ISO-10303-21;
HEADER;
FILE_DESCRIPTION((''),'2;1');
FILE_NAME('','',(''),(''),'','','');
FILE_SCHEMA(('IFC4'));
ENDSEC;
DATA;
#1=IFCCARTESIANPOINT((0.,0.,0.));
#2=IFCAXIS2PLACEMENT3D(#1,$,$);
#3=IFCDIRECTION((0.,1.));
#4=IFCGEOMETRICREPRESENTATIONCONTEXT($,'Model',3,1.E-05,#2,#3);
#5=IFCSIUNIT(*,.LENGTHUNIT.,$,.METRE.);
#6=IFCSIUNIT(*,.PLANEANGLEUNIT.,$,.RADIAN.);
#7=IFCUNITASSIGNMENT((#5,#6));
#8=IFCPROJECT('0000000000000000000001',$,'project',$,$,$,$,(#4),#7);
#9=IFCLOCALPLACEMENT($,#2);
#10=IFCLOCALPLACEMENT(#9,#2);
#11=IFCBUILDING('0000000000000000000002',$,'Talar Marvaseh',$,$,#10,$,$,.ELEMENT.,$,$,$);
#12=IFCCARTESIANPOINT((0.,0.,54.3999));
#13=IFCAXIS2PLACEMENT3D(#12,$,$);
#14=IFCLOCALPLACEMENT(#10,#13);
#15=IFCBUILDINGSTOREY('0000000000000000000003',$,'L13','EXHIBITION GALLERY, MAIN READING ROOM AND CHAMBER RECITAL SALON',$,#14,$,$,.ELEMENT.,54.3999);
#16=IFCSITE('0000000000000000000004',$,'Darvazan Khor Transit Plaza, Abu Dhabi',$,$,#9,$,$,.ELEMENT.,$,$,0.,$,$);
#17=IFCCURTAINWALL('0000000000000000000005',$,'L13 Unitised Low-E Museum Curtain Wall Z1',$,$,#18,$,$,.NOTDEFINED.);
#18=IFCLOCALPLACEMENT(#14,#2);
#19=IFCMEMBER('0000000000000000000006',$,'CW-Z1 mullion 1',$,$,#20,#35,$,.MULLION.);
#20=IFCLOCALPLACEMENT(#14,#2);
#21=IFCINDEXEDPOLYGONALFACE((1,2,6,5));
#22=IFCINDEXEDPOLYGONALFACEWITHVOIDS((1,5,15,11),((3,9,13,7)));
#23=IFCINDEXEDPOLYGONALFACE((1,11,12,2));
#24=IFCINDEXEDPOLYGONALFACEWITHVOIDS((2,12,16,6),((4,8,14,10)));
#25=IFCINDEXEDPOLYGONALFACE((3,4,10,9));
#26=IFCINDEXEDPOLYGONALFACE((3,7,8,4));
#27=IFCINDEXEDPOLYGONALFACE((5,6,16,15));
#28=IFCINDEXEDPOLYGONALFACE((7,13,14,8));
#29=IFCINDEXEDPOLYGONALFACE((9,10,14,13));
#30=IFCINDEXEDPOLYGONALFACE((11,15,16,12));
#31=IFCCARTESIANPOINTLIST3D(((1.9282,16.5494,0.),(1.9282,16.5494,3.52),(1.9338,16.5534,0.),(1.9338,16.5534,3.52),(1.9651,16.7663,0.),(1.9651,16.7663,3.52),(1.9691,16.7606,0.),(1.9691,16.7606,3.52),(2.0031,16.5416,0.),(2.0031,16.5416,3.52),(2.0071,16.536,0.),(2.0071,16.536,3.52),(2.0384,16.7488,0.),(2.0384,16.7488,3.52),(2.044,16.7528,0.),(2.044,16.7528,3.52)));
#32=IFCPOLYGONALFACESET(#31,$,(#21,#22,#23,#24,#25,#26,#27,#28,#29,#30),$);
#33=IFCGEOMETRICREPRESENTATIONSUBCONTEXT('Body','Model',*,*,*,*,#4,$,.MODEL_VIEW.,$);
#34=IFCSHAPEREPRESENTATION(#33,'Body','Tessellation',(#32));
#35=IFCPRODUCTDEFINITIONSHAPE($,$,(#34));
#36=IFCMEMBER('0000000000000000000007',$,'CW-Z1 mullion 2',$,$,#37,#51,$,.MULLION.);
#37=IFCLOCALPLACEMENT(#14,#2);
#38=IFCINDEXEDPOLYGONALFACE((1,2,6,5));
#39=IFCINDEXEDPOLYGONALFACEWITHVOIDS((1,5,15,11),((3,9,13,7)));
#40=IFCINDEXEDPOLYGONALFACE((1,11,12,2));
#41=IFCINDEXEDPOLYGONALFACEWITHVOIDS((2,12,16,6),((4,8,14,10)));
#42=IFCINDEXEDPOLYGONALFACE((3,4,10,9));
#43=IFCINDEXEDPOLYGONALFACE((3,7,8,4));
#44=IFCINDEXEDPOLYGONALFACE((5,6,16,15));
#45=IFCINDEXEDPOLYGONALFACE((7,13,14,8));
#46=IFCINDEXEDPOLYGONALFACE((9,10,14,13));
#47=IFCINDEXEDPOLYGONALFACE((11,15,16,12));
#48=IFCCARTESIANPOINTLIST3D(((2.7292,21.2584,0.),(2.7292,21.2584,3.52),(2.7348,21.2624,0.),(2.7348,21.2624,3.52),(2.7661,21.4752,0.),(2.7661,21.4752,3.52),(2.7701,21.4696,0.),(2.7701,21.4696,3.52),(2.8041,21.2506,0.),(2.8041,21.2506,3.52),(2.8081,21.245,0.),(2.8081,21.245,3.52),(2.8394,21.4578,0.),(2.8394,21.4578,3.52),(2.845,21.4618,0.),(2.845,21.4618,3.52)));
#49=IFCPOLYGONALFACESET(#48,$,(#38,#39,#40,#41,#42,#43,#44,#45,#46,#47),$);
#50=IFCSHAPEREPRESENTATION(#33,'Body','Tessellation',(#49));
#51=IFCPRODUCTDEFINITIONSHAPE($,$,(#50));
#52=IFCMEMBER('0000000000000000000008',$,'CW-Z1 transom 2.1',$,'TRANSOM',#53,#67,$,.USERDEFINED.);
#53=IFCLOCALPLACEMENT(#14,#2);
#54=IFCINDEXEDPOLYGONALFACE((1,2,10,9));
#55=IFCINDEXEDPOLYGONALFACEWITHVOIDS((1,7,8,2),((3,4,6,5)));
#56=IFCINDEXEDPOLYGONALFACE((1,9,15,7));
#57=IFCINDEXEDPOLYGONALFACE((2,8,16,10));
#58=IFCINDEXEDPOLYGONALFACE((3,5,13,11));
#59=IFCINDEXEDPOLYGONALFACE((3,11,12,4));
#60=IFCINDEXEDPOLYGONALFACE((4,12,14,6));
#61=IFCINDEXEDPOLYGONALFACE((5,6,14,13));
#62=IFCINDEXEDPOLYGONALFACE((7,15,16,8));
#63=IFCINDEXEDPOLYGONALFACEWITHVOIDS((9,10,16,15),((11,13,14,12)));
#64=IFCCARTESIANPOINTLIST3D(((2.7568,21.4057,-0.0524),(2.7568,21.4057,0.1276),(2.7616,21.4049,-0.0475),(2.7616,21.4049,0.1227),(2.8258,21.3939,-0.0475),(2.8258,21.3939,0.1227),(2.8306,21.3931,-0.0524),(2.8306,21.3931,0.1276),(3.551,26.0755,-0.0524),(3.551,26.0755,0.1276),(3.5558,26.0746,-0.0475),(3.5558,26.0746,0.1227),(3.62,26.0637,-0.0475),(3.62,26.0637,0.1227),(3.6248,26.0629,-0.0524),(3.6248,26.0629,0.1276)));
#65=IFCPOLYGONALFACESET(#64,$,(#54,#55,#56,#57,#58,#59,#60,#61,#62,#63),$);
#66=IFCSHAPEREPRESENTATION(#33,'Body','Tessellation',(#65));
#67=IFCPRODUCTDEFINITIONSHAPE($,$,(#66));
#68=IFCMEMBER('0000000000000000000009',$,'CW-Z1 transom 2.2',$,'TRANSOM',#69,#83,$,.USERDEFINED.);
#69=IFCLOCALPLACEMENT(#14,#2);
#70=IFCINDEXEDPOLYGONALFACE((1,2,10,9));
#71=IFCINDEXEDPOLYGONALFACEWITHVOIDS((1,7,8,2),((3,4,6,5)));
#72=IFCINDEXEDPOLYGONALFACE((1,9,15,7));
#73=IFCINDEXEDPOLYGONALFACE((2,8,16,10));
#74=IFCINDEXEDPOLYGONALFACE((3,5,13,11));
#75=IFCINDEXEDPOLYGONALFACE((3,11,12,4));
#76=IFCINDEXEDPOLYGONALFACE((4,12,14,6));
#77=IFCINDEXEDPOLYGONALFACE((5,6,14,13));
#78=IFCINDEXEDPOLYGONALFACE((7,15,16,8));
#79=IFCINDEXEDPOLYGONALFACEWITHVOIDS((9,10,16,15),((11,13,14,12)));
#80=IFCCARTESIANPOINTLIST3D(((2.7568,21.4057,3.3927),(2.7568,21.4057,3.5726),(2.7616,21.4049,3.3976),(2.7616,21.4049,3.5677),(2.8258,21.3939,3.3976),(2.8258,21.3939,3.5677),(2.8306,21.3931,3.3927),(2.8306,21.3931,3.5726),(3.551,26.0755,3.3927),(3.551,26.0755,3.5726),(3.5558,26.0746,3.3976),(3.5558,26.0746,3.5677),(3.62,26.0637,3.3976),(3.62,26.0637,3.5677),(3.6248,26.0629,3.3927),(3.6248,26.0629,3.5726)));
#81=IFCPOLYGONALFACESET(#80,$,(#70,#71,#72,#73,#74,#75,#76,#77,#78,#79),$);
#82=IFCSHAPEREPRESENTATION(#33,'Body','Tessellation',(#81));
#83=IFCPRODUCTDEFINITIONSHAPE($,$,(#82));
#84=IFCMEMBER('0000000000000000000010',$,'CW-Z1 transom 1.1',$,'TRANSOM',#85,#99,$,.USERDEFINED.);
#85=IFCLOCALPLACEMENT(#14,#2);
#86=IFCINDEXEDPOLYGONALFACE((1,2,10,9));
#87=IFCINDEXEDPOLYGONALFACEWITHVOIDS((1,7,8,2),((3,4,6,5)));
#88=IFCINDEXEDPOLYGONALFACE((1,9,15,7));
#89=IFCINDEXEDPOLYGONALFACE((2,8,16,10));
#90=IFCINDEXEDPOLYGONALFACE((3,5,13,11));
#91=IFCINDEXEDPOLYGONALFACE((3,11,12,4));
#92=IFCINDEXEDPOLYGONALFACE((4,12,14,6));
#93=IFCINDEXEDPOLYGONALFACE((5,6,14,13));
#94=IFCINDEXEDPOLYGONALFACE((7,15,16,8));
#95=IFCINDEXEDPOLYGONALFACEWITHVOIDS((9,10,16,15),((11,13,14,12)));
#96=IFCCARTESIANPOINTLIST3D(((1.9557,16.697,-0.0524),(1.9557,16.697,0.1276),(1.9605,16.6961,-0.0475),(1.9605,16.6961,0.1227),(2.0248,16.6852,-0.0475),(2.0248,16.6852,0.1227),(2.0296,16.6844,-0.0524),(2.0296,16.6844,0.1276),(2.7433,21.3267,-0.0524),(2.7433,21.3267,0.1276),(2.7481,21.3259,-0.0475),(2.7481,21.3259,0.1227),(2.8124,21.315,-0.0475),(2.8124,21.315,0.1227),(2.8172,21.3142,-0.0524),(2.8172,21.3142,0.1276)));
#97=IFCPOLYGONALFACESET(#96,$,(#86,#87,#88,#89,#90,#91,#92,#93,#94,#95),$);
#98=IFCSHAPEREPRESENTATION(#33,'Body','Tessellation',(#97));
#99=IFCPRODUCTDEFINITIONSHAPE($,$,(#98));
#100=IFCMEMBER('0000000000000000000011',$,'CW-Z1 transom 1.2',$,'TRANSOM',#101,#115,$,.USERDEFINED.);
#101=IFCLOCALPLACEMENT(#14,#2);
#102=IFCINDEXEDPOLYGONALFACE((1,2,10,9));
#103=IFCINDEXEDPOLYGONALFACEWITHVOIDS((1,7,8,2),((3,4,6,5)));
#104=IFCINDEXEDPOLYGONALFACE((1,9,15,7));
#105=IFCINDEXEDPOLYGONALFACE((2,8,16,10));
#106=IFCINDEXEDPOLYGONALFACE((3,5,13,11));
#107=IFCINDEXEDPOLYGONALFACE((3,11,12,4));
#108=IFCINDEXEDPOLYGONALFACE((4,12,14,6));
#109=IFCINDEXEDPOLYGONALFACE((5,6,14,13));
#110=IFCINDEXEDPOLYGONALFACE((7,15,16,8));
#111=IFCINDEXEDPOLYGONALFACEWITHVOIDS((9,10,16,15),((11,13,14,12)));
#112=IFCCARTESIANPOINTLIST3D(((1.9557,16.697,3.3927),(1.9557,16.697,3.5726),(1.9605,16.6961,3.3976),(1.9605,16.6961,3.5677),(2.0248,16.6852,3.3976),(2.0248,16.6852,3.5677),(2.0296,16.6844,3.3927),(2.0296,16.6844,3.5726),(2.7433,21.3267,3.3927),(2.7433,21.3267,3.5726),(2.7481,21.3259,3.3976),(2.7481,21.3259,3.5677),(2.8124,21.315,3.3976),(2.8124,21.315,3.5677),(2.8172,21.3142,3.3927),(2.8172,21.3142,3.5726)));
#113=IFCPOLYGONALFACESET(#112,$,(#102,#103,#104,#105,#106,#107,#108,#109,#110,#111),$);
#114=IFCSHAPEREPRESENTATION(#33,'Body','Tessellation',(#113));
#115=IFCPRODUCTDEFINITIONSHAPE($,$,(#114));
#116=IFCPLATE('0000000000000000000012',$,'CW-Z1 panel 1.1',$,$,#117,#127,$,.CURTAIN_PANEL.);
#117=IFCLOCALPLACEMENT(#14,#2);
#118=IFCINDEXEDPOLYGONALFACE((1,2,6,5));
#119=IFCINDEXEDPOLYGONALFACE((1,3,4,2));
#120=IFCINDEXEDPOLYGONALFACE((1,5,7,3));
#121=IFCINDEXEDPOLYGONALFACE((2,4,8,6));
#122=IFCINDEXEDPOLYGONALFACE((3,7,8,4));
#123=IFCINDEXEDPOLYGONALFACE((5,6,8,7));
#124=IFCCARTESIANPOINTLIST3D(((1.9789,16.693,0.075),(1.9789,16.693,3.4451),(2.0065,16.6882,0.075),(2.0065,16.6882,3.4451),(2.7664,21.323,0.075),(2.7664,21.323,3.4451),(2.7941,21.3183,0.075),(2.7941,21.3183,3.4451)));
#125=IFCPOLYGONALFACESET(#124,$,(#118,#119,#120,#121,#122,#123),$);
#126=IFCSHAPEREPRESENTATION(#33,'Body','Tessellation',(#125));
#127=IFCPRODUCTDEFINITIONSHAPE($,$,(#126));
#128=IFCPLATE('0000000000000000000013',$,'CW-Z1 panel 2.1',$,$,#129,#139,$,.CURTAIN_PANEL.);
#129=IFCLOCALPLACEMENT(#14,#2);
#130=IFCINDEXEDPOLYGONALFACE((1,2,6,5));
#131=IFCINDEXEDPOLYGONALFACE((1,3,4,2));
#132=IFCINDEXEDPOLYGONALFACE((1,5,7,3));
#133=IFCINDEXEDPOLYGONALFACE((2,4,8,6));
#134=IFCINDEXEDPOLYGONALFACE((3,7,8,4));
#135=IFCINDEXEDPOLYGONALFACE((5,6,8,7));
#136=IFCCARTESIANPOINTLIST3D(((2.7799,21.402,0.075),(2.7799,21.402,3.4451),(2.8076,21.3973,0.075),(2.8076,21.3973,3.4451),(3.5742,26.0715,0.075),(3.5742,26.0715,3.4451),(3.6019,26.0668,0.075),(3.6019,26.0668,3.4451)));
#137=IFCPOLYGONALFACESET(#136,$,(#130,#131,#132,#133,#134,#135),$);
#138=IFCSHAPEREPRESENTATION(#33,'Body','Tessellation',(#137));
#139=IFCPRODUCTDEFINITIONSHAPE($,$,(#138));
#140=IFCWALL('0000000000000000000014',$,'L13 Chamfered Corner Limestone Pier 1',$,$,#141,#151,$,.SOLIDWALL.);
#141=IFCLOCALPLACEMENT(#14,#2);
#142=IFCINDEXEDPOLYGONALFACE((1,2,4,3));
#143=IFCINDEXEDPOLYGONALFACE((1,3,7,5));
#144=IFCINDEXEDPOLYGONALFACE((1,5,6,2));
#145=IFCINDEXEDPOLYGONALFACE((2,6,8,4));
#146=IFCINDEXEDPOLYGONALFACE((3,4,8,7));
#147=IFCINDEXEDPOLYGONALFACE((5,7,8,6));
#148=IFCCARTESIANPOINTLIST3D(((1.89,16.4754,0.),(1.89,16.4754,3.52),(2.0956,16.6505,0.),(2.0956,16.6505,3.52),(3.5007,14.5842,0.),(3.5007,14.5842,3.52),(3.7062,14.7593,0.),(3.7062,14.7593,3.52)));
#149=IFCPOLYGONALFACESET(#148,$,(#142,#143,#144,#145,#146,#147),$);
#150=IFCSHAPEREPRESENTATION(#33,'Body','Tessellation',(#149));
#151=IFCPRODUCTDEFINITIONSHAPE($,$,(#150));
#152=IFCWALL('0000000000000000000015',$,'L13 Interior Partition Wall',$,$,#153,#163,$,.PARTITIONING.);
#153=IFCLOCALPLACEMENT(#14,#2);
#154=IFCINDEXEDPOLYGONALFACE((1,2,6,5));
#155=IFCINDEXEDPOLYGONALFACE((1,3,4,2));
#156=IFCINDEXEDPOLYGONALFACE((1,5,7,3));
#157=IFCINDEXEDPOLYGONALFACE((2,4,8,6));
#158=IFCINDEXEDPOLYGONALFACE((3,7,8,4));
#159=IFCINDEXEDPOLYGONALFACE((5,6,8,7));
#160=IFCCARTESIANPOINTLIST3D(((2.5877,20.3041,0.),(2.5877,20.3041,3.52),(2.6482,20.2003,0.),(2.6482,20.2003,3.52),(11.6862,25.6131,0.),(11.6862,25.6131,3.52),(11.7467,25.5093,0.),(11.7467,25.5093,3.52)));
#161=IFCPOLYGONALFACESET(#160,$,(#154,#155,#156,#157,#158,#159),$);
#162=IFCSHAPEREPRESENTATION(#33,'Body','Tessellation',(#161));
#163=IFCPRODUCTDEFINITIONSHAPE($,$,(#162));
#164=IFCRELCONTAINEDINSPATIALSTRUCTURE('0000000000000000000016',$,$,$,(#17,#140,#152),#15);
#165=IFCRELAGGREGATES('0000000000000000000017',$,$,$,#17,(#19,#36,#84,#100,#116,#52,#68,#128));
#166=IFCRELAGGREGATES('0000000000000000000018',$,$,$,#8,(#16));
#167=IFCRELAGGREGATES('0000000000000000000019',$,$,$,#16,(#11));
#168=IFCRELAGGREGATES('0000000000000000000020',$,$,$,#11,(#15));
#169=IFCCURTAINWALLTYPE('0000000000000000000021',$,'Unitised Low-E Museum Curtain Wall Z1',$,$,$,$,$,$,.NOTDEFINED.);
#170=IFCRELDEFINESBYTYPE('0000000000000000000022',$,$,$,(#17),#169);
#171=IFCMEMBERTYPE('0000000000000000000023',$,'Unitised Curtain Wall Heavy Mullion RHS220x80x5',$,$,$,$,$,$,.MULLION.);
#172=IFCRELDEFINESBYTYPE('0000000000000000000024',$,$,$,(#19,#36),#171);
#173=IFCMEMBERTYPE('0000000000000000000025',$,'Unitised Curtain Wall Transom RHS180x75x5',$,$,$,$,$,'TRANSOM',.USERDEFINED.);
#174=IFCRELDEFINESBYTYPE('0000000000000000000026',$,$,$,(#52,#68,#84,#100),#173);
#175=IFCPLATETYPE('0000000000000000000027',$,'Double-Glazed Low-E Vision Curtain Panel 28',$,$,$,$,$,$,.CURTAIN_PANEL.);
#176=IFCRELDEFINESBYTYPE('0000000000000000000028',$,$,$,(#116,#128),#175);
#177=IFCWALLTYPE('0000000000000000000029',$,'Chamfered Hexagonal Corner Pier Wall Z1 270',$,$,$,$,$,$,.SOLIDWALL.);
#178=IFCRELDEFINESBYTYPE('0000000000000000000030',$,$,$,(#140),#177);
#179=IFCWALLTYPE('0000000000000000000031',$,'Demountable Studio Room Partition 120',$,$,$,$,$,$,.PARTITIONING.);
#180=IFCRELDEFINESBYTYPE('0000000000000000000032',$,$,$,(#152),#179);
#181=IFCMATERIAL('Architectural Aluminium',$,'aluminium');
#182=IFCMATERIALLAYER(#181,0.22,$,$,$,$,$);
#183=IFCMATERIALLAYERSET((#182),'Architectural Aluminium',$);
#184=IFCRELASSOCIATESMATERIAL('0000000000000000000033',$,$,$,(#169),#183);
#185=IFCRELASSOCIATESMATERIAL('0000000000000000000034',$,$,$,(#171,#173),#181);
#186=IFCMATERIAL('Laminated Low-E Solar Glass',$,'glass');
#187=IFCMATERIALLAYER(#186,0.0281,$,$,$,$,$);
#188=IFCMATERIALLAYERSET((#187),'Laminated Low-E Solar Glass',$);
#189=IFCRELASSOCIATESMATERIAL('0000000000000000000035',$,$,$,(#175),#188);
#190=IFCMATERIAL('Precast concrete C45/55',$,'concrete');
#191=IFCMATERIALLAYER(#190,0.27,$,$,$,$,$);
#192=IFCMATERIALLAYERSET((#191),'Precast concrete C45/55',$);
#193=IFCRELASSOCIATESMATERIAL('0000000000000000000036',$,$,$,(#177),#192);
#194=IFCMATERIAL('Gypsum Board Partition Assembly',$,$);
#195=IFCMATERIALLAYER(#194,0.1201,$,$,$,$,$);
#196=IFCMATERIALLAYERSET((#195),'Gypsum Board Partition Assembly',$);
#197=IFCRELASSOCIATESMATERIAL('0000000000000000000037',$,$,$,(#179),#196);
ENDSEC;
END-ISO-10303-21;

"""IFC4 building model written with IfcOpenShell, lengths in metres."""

from ifc_helpers import new_model, si_unit, direction, frame, frame_2d, origin, origin_2d, place, context, subcontext, project, spatial, rectangle, hollow_rectangle, extrude, source, transform, mapped, material, layer, layer_set, material_profile, profile_set, type_object, type_shapes, element, aggregate, save


model = new_model("IFC4")

# Units and contexts
model_context = context("Model", 3, precision=1e-05, world=origin(), true_north=direction((0.0, 1.0)))
body_context = subcontext(model_context, "Body", "Model", "MODEL_VIEW")
ifc_project = project(units=[si_unit("LENGTHUNIT", "METRE"), si_unit("PLANEANGLEUNIT", "RADIAN")], contexts=[model_context])

# Site, building, storey
site_placement = place(None, origin())
site = spatial("IfcSite", under=ifc_project, at=site_placement, Name="Darvazan Khor Transit Plaza, Abu Dhabi", CompositionType="ELEMENT", RefElevation=0.0)
building_placement = place(site_placement, origin())
building = spatial("IfcBuilding", under=site, at=building_placement, Name="Talar Marvaseh", CompositionType="ELEMENT")
storey_placement = place(building_placement, frame((0.0, 0.0, 54.3999)))
storey = spatial("IfcBuildingStorey", under=building, at=storey_placement, Name="L13", Description="EXHIBITION GALLERY, MAIN READING ROOM AND CHAMBER RECITAL SALON", CompositionType="ELEMENT", Elevation=54.3999)

# Curtain wall, members, plates
ifc_material_1 = material(Name="Architectural Aluminium", Category="aluminium")
ifc_layer_1 = layer(ifc_material_1, 0.22)
ifc_layer_set_1 = layer_set([ifc_layer_1], Name="Architectural Aluminium")
curtain_wall_type = type_object("IfcCurtainWallType", Name="Unitised Low-E Museum Curtain Wall Z1", PredefinedType="NOTDEFINED", material=ifc_layer_set_1)
curtain_wall_placement = place(storey_placement, origin())
curtain_wall = element("IfcCurtainWall", 1, at=curtain_wall_placement, inside=storey, type_object=curtain_wall_type, Name="L13 Unitised Low-E Museum Curtain Wall Z1", PredefinedType="NOTDEFINED")
ifc_material_profile_1 = material_profile(ifc_material_1, hollow_rectangle(XDim=0.0801, YDim=0.22, WallThickness=0.0049, at=origin_2d()), Name="RHS220x80x5")
ifc_profile_set_1 = profile_set([ifc_material_profile_1], Name="Architectural Aluminium")
member_type_1 = type_object("IfcMemberType", Name="Unitised Curtain Wall Heavy Mullion RHS220x80x5", PredefinedType="MULLION", material=ifc_profile_set_1)
shared_shape_1 = source(origin(), body_context, "Body", "SweptSolid", [
    extrude(hollow_rectangle(XDim=0.0801, YDim=0.22, WallThickness=0.0049, at=origin_2d()), origin(), (0.0, 0.0, 1.0), 3.52),
])
type_shapes(member_type_1, [shared_shape_1])
member_1_placement = place(storey_placement, frame((1.9861, 16.6511, 0.0), z_axis=(0.0, 0.0, 1.0), x_axis=(-0.98584, 0.167692, 0.0)))
member_1 = element("IfcMember", 2, at=member_1_placement, type_object=member_type_1, Name="CW-Z1 mullion 1", PredefinedType="MULLION", context=body_context, shape_type="MappedRepresentation", body=[
    mapped(shared_shape_1, transform((0.0, 0.0, 0.0), x_axis=(1.0, 0.0, 0.0), y_axis=(0.0, 1.0, 0.0), z_axis=(0.0, 0.0, 1.0), scale=1.0)),
])
member_2_placement = place(storey_placement, frame((2.7871, 21.3601, 0.0), z_axis=(0.0, 0.0, 1.0), x_axis=(-0.98584, 0.167692, 0.0)))
member_2 = element("IfcMember", 3, at=member_2_placement, type_object=member_type_1, Name="CW-Z1 mullion 2", PredefinedType="MULLION", context=body_context, shape_type="MappedRepresentation", body=[
    mapped(shared_shape_1, transform((0.0, 0.0, 0.0), x_axis=(1.0, 0.0, 0.0), y_axis=(0.0, 1.0, 0.0), z_axis=(0.0, 0.0, 1.0), scale=1.0)),
])
ifc_material_profile_2 = material_profile(ifc_material_1, hollow_rectangle(XDim=0.075, YDim=0.1799, WallThickness=0.0049, at=origin_2d()), Name="RHS180x75x5")
ifc_profile_set_2 = profile_set([ifc_material_profile_2], Name="Architectural Aluminium")
member_type_2 = type_object("IfcMemberType", Name="Unitised Curtain Wall Transom RHS180x75x5", ElementType="TRANSOM", PredefinedType="USERDEFINED", material=ifc_profile_set_2)
shared_shape_2 = source(origin(), body_context, "Body", "SweptSolid", [
    extrude(hollow_rectangle(XDim=0.075, YDim=0.1799, WallThickness=0.0049, at=origin_2d()), origin(), (0.0, 0.0, 1.0), 4.7368),
])
member_3_placement = place(storey_placement, frame((2.7937, 21.3994, 0.0376), z_axis=(0.167666, 0.985844, 0.0), x_axis=(-0.985844, 0.167666, 0.0)))
member_3 = element("IfcMember", 4, at=member_3_placement, type_object=member_type_2, Name="CW-Z1 transom 2.1", ObjectType="TRANSOM", PredefinedType="USERDEFINED", context=body_context, shape_type="MappedRepresentation", body=[
    mapped(shared_shape_2, transform((0.0, 0.0, 0.0), x_axis=(1.0, 0.0, 0.0), y_axis=(0.0, 1.0, 0.0), z_axis=(0.0, 0.0, 1.0), scale=1.0)),
])
member_4_placement = place(storey_placement, frame((2.7937, 21.3994, 3.4827), z_axis=(0.167666, 0.985844, 0.0), x_axis=(-0.985844, 0.167666, 0.0)))
member_4 = element("IfcMember", 5, at=member_4_placement, type_object=member_type_2, Name="CW-Z1 transom 2.2", ObjectType="TRANSOM", PredefinedType="USERDEFINED", context=body_context, shape_type="MappedRepresentation", body=[
    mapped(shared_shape_2, transform((0.0, 0.0, 0.0), x_axis=(1.0, 0.0, 0.0), y_axis=(0.0, 1.0, 0.0), z_axis=(0.0, 0.0, 1.0), scale=1.0)),
])
shared_shape_3 = source(origin(), body_context, "Body", "SweptSolid", [
    extrude(hollow_rectangle(XDim=0.075, YDim=0.1799, WallThickness=0.0049, at=origin_2d()), origin(), (0.0, 0.0, 1.0), 4.6963),
])
type_shapes(member_type_2, [shared_shape_2, shared_shape_3])
member_5_placement = place(storey_placement, frame((1.9927, 16.6907, 0.0376), z_axis=(0.167703, 0.985838, 0.0), x_axis=(-0.985838, 0.167703, 0.0)))
member_5 = element("IfcMember", 6, at=member_5_placement, type_object=member_type_2, Name="CW-Z1 transom 1.1", ObjectType="TRANSOM", PredefinedType="USERDEFINED", context=body_context, shape_type="MappedRepresentation", body=[
    mapped(shared_shape_3, transform((0.0, 0.0, 0.0), x_axis=(1.0, 0.0, 0.0), y_axis=(0.0, 1.0, 0.0), z_axis=(0.0, 0.0, 1.0), scale=1.0)),
])
member_6_placement = place(storey_placement, frame((1.9927, 16.6907, 3.4827), z_axis=(0.167703, 0.985838, 0.0), x_axis=(-0.985838, 0.167703, 0.0)))
member_6 = element("IfcMember", 7, at=member_6_placement, type_object=member_type_2, Name="CW-Z1 transom 1.2", ObjectType="TRANSOM", PredefinedType="USERDEFINED", context=body_context, shape_type="MappedRepresentation", body=[
    mapped(shared_shape_3, transform((0.0, 0.0, 0.0), x_axis=(1.0, 0.0, 0.0), y_axis=(0.0, 1.0, 0.0), z_axis=(0.0, 0.0, 1.0), scale=1.0)),
])
ifc_material_2 = material(Name="Laminated Low-E Solar Glass", Category="glass")
ifc_layer_2 = layer(ifc_material_2, 0.0281)
ifc_layer_set_2 = layer_set([ifc_layer_2], Name="Laminated Low-E Solar Glass")
plate_type = type_object("IfcPlateType", Name="Double-Glazed Low-E Vision Curtain Panel 28", PredefinedType="CURTAIN_PANEL", material=ifc_layer_set_2)
shared_shape_4 = source(origin(), body_context, "Body", "SweptSolid", [
    extrude(rectangle(XDim=4.6965, YDim=0.0281, at=origin_2d()), origin(), (0.0, 0.0, 1.0), 3.3701),
])
plate_1_placement = place(storey_placement, frame((2.3865, 19.0056, 0.075), z_axis=(0.0, 0.0, 1.0), x_axis=(0.167692, 0.98584, 0.0)))
plate_1 = element("IfcPlate", 8, at=plate_1_placement, type_object=plate_type, Name="CW-Z1 panel 1.1", PredefinedType="CURTAIN_PANEL", context=body_context, shape_type="MappedRepresentation", body=[
    mapped(shared_shape_4, transform((0.0, 0.0, 0.0), x_axis=(1.0, 0.0, 0.0), y_axis=(0.0, 1.0, 0.0), z_axis=(0.0, 0.0, 1.0), scale=1.0)),
])
shared_shape_5 = source(origin(), body_context, "Body", "SweptSolid", [
    extrude(rectangle(XDim=4.7366, YDim=0.0281, at=origin_2d()), origin(), (0.0, 0.0, 1.0), 3.3701),
])
type_shapes(plate_type, [shared_shape_4, shared_shape_5])
plate_2_placement = place(storey_placement, frame((3.1909, 23.7344, 0.075), z_axis=(0.0, 0.0, 1.0), x_axis=(0.167692, 0.98584, 0.0)))
plate_2 = element("IfcPlate", 9, at=plate_2_placement, type_object=plate_type, Name="CW-Z1 panel 2.1", PredefinedType="CURTAIN_PANEL", context=body_context, shape_type="MappedRepresentation", body=[
    mapped(shared_shape_5, transform((0.0, 0.0, 0.0), x_axis=(1.0, 0.0, 0.0), y_axis=(0.0, 1.0, 0.0), z_axis=(0.0, 0.0, 1.0), scale=1.0)),
])
aggregate(curtain_wall, [member_1, member_2, member_5, member_6, plate_1, member_3, member_4, plate_2])

# Walls
ifc_material_3 = material(Name="Precast concrete C45/55", Category="concrete")
ifc_layer_3 = layer(ifc_material_3, 0.27)
ifc_layer_set_3 = layer_set([ifc_layer_3], Name="Precast concrete C45/55")
wall_type_1 = type_object("IfcWallType", Name="Chamfered Hexagonal Corner Pier Wall Z1 270", PredefinedType="SOLIDWALL", material=ifc_layer_set_3)
wall_1_placement = place(storey_placement, frame((3.6035, 14.6716, 0.0), z_axis=(0.0, 0.0, 1.0), x_axis=(-0.648384, 0.761313, 0.0)))
element("IfcWall", 10, at=wall_1_placement, inside=storey, type_object=wall_type_1, Name="L13 Chamfered Corner Limestone Pier 1", PredefinedType="SOLIDWALL", context=body_context, shape_type="SweptSolid", body=[
    extrude(rectangle(XDim=2.4841, YDim=0.27, at=frame_2d((1.2422, 0.0))), origin(), (0.0, 0.0, 1.0), 3.52),
])
ifc_material_4 = material(Name="Gypsum Board Partition Assembly")
ifc_layer_4 = layer(ifc_material_4, 0.1201)
ifc_layer_set_4 = layer_set([ifc_layer_4], Name="Gypsum Board Partition Assembly")
wall_type_2 = type_object("IfcWallType", Name="Demountable Studio Room Partition 120", PredefinedType="PARTITIONING", material=ifc_layer_set_4)
wall_2_placement = place(storey_placement, frame((2.6179, 20.2522, 0.0), z_axis=(0.0, 0.0, 1.0), x_axis=(0.863715, 0.503981, 0.0)))
element("IfcWall", 11, at=wall_2_placement, inside=storey, type_object=wall_type_2, Name="L13 Interior Partition Wall", PredefinedType="PARTITIONING", context=body_context, shape_type="SweptSolid", body=[
    extrude(rectangle(XDim=10.5342, YDim=0.1201, at=frame_2d((5.2671, 0.0))), origin(), (0.0, 0.0, 1.0), 3.52),
])

save(model, "model.ifc")
